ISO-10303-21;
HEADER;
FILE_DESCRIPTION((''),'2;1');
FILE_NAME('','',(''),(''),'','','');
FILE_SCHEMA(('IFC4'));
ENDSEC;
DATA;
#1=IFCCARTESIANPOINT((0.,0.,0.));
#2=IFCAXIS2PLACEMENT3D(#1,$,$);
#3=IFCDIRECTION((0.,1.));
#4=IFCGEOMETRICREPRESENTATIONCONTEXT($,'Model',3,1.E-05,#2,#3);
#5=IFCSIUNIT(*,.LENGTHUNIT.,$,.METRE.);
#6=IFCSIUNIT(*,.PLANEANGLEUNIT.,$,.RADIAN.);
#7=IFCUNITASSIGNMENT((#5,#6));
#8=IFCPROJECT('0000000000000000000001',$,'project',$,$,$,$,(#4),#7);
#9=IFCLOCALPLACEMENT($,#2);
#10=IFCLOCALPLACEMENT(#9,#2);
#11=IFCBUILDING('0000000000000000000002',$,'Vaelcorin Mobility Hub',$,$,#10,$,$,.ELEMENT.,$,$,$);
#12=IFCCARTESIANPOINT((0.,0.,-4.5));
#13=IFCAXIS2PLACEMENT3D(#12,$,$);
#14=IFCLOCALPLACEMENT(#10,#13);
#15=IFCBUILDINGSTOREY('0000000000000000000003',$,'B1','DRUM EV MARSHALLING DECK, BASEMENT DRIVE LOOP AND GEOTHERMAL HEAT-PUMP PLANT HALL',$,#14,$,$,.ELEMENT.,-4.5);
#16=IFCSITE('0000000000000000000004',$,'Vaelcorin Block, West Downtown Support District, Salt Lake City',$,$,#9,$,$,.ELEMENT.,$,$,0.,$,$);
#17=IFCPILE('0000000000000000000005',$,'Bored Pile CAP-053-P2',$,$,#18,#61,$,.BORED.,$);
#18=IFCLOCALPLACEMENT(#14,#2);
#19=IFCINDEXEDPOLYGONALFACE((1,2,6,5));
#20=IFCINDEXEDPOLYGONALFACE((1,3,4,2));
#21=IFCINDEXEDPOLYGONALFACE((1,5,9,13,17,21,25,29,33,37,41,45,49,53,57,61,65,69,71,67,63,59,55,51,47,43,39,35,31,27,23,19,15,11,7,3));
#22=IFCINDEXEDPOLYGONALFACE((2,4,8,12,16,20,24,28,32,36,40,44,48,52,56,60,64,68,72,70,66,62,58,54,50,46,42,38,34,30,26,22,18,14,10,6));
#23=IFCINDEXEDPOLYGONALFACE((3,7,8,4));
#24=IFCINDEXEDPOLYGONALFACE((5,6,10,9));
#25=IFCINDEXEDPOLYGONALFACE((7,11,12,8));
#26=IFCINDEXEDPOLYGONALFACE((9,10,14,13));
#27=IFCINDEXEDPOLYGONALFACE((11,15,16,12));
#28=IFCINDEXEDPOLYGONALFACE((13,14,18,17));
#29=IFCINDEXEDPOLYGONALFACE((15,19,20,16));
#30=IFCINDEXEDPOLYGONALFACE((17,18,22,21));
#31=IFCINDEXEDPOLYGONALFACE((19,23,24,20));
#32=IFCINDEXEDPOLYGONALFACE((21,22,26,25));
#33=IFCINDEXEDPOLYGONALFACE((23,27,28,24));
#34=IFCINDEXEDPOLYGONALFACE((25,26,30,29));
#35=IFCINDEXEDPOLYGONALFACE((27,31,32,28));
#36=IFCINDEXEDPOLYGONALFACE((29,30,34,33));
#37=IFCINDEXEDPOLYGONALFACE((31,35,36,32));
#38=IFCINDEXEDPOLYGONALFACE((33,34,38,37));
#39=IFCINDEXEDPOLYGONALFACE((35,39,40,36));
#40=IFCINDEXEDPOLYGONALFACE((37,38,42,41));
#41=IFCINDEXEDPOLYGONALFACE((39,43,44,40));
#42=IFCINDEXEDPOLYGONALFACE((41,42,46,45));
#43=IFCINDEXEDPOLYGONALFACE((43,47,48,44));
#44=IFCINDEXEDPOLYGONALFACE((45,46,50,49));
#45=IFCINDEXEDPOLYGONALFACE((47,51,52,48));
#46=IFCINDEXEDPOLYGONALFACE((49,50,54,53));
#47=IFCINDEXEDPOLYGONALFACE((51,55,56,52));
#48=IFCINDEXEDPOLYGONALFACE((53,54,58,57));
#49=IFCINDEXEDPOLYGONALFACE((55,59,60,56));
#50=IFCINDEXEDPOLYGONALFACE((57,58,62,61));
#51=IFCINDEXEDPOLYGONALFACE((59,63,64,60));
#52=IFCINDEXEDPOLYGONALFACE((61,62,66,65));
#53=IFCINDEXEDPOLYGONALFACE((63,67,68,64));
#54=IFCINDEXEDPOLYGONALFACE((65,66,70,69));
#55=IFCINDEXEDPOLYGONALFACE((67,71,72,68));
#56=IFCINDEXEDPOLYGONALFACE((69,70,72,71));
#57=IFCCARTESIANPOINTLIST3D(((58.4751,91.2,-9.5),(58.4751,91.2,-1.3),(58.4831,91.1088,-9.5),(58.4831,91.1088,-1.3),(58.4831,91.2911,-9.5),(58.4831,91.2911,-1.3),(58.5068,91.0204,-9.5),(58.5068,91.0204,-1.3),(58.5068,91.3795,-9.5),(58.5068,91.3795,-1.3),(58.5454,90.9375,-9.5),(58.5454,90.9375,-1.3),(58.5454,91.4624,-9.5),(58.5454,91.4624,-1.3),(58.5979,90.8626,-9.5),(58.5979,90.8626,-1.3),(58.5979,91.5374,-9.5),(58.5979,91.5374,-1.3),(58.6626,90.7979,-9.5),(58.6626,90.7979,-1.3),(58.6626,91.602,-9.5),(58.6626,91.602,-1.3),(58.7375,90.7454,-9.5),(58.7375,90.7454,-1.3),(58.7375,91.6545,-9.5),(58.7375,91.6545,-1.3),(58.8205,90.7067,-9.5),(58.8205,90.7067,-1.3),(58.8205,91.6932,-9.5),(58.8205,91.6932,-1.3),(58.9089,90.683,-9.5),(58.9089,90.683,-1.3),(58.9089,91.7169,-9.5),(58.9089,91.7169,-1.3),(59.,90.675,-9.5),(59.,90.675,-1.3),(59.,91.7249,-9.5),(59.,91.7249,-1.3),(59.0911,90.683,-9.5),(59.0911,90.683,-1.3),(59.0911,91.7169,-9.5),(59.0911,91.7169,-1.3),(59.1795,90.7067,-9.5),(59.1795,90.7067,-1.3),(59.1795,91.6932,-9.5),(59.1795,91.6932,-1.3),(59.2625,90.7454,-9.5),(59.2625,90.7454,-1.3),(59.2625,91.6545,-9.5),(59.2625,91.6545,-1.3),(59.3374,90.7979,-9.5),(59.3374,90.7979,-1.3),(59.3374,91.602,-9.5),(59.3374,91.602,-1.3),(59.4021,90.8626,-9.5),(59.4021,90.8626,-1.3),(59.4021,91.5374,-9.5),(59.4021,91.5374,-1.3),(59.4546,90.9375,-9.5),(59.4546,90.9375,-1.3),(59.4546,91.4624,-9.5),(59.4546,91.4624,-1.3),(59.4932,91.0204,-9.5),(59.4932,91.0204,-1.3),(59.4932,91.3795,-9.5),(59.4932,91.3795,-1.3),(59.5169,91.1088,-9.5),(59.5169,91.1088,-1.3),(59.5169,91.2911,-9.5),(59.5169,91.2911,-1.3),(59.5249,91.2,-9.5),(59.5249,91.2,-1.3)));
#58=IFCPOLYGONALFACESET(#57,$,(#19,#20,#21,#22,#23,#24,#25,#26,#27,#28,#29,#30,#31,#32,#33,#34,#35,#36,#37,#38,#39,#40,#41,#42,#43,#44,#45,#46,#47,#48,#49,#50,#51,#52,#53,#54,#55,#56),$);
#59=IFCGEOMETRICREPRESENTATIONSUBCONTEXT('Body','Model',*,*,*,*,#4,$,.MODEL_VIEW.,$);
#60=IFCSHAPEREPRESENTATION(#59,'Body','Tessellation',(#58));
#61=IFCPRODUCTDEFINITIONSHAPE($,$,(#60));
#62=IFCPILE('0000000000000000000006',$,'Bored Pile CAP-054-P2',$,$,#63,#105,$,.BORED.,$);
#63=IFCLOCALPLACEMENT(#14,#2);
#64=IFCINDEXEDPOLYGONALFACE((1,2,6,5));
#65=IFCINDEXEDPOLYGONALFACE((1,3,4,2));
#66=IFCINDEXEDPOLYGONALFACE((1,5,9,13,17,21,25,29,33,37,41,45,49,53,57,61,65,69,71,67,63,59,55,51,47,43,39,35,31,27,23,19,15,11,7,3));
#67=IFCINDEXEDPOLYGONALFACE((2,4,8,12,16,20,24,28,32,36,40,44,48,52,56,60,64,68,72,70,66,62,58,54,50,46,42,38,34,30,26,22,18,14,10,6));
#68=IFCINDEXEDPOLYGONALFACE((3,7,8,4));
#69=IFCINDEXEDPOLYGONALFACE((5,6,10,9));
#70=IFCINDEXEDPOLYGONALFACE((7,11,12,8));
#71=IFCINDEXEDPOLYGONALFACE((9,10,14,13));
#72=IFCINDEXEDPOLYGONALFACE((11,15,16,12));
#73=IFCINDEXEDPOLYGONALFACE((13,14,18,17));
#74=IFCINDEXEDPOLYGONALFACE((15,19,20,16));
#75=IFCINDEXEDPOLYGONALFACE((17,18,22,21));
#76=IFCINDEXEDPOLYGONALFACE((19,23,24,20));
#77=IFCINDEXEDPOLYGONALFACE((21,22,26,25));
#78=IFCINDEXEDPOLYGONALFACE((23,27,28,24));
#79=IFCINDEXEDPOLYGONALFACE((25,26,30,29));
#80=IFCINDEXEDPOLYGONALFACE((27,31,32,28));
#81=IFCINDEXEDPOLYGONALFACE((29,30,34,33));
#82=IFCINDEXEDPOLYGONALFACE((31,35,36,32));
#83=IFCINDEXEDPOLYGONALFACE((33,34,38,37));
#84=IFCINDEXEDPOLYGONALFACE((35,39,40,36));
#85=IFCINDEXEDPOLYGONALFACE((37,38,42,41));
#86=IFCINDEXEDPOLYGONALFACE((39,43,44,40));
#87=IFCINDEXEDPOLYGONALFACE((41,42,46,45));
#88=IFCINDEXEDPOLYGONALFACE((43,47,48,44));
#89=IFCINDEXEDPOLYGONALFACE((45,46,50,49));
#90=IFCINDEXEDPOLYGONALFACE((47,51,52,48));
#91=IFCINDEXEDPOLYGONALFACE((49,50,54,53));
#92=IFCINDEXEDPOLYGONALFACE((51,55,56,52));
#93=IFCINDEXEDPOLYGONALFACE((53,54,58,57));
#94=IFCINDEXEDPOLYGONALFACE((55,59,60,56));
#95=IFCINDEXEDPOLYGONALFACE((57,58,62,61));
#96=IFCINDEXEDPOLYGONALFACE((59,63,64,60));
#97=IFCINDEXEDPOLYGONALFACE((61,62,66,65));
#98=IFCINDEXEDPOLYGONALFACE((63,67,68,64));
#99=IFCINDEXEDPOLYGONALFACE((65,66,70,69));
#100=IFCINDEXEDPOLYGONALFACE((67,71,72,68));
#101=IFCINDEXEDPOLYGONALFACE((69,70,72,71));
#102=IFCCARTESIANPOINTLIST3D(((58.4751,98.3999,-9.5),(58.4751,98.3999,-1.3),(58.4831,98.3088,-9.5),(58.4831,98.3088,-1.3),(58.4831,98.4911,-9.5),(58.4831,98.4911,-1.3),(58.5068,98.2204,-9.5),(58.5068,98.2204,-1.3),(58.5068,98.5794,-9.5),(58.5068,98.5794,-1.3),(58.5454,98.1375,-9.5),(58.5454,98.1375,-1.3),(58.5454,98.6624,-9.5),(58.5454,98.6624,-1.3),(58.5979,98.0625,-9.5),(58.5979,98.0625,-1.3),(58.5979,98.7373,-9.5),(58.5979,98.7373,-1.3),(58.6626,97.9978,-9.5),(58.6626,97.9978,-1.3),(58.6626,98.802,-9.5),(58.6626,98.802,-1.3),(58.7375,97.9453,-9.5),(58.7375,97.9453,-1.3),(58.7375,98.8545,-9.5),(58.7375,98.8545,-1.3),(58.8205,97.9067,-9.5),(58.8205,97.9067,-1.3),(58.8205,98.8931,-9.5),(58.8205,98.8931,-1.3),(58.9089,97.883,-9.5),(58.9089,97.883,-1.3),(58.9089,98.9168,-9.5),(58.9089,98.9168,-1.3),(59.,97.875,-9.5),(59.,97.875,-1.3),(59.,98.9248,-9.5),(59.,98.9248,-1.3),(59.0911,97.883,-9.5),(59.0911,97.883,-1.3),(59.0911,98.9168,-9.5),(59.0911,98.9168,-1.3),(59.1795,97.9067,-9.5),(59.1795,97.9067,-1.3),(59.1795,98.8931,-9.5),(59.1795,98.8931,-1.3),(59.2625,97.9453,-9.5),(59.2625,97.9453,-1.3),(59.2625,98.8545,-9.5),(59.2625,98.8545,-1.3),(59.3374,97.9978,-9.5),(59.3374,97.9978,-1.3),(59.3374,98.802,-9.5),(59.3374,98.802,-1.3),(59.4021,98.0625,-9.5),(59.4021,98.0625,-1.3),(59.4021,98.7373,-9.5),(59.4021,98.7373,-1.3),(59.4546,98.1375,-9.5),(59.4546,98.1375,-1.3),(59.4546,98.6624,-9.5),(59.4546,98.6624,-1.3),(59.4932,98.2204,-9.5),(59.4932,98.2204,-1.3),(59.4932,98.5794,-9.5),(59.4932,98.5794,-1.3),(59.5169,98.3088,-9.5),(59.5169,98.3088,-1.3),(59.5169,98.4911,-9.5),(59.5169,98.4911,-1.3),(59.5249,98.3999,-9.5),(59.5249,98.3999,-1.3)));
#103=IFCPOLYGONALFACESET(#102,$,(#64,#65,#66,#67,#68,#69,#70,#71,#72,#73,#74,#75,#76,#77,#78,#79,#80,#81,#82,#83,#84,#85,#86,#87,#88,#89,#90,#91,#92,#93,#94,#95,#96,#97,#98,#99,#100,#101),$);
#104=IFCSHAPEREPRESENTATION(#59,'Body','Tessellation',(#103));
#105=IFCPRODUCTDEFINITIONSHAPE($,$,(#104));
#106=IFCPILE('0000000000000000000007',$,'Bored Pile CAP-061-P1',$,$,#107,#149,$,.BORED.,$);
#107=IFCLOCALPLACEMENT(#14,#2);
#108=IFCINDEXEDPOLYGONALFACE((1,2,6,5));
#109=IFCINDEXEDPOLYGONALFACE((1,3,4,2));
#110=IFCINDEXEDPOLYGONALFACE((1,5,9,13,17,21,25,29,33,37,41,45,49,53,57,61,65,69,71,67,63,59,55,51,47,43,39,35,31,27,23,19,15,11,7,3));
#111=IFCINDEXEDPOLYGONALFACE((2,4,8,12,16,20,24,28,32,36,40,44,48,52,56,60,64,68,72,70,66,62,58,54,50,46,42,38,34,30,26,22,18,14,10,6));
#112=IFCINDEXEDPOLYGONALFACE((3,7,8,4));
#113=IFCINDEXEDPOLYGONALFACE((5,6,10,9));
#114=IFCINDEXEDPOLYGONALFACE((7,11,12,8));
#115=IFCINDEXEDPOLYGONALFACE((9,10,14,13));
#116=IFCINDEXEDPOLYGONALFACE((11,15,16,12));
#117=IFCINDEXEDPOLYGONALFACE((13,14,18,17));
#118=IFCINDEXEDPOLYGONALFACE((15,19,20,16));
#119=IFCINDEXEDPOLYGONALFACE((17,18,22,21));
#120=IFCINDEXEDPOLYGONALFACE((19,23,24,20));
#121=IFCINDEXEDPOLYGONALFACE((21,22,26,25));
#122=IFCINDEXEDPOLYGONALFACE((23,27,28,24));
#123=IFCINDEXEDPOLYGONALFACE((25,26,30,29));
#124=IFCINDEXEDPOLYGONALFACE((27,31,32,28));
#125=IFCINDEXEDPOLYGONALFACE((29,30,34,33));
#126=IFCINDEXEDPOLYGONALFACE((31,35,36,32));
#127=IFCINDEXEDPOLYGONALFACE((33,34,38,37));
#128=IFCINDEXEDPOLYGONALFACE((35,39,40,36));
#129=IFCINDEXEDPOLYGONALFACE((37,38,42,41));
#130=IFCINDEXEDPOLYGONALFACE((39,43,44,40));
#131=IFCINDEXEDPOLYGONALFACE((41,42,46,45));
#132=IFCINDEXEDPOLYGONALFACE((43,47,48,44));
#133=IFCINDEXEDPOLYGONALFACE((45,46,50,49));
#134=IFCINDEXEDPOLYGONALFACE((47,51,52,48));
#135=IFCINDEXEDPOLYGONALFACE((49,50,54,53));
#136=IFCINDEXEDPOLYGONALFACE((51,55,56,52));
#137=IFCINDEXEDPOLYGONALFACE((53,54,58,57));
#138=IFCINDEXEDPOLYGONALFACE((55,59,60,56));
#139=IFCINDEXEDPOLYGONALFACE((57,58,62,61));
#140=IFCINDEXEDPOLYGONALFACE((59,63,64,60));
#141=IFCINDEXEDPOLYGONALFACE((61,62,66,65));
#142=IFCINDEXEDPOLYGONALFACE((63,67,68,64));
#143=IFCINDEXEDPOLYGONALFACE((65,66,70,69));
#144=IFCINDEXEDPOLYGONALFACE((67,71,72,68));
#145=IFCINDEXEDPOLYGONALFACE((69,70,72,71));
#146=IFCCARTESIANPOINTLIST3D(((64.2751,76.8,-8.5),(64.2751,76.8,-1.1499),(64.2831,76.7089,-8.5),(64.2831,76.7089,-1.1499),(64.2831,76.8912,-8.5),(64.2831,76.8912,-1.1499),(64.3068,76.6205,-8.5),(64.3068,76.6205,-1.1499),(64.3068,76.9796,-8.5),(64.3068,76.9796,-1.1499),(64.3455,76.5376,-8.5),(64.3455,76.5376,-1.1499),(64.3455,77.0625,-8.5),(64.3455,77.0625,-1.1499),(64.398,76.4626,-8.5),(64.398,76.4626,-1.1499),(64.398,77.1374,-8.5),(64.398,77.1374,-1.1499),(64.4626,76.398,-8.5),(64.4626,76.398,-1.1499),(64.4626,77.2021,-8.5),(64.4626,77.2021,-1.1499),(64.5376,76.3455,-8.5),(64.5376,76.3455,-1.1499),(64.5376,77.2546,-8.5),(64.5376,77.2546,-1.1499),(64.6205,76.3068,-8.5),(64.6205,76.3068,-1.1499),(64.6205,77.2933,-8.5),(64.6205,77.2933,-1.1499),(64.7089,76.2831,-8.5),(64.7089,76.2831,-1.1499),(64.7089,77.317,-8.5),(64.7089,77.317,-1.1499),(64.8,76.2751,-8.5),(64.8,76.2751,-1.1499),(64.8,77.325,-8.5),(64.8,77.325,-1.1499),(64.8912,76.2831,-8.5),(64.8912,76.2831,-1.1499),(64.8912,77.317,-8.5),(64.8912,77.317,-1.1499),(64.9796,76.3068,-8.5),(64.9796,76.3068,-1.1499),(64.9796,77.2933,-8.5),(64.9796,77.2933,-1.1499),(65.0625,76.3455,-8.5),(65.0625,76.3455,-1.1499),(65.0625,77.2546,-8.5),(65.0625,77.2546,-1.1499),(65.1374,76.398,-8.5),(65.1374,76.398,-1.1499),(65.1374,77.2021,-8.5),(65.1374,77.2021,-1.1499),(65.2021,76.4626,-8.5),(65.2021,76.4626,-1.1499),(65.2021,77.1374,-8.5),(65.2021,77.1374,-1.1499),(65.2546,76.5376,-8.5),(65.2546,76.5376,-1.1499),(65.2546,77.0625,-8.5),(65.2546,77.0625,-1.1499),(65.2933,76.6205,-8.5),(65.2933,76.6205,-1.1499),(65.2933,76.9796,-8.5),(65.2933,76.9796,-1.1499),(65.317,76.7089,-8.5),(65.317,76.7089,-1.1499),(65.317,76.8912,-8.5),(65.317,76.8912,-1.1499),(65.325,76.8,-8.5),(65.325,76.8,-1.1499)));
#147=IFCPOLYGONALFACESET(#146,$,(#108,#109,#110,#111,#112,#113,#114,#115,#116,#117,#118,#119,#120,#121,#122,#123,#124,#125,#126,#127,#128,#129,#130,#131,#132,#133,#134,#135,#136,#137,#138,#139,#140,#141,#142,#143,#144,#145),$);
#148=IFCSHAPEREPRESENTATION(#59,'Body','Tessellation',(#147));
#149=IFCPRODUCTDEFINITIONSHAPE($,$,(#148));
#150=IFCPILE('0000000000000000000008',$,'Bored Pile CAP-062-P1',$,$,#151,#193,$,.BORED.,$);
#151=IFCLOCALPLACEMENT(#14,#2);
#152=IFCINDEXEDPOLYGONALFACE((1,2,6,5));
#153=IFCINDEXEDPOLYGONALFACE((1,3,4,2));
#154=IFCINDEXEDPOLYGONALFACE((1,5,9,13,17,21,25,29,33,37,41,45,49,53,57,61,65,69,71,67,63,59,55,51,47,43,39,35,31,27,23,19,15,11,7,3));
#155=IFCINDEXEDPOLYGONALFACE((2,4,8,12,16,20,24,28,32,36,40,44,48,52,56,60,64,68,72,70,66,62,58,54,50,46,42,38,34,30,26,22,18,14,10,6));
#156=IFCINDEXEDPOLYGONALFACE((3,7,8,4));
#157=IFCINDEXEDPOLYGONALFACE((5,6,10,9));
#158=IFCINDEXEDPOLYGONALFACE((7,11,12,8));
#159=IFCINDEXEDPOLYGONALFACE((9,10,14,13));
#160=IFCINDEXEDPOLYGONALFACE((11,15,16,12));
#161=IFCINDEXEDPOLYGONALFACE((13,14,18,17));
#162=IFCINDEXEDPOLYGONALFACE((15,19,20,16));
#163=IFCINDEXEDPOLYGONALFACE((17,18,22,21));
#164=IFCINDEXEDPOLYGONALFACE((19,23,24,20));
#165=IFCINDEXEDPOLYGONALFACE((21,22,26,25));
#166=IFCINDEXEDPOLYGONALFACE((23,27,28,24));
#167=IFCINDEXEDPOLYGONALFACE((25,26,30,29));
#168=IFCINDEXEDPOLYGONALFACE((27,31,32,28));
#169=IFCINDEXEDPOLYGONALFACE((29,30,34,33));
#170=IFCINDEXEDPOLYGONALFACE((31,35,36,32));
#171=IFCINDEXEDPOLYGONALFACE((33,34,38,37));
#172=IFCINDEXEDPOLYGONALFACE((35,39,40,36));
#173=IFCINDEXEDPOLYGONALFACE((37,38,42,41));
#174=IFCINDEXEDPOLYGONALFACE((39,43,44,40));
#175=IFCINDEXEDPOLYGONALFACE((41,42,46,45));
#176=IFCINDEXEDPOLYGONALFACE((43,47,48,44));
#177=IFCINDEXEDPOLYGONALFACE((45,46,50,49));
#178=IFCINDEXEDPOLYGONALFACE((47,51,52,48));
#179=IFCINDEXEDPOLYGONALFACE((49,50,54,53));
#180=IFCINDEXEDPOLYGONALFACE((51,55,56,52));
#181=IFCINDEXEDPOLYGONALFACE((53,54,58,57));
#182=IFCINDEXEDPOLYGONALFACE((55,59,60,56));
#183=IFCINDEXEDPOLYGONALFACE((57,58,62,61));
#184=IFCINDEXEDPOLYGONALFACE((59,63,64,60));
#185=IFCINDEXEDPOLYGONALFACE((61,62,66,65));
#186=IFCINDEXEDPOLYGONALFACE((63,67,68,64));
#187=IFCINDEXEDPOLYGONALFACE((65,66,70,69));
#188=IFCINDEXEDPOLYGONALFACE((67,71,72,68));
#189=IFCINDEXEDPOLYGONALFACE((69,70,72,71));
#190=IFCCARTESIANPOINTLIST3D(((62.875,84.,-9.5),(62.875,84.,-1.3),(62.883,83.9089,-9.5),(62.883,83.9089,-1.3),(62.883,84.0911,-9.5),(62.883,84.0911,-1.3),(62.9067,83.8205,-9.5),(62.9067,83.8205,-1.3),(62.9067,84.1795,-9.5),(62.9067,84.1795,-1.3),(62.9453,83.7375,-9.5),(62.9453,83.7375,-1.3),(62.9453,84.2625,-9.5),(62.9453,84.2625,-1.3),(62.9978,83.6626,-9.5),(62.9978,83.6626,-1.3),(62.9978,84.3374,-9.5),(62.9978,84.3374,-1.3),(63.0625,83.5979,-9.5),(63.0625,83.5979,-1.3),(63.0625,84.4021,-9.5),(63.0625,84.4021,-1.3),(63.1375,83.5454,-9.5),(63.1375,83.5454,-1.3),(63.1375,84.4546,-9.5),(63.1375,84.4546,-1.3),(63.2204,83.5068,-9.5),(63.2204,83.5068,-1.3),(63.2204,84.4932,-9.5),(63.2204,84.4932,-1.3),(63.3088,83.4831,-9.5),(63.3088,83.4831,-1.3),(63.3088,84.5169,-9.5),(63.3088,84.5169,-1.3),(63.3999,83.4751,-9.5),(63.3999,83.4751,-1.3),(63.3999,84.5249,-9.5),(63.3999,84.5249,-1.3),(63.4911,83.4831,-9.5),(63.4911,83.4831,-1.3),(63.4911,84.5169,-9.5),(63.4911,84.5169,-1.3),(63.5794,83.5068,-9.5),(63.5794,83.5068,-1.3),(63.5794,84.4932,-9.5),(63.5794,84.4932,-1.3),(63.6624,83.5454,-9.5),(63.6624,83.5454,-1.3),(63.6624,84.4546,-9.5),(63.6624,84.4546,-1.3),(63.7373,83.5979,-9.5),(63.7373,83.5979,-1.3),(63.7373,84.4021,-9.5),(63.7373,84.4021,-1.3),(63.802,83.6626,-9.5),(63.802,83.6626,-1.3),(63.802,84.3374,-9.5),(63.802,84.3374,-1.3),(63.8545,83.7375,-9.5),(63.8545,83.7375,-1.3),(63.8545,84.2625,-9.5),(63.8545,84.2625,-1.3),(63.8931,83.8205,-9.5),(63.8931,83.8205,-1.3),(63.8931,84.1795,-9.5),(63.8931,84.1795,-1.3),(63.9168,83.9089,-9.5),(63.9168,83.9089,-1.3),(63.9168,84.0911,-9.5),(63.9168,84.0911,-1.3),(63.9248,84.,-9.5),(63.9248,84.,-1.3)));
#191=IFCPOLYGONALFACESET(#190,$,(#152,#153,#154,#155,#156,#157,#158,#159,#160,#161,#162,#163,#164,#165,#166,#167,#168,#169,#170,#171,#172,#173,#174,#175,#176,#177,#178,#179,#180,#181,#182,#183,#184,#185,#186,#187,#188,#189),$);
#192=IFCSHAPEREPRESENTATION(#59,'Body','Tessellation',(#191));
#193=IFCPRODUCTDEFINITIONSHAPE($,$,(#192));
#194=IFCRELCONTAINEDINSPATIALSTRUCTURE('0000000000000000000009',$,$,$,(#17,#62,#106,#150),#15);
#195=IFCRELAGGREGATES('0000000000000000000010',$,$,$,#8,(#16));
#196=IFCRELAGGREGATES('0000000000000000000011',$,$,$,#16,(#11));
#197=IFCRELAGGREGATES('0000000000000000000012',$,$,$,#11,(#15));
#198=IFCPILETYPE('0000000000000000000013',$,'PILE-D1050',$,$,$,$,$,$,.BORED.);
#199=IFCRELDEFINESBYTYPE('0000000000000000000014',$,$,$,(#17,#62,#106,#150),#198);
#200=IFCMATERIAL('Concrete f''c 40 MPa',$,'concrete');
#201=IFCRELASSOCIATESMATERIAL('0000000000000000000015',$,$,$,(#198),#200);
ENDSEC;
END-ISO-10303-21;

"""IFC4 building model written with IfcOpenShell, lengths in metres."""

from ifc_helpers import new_model, si_unit, direction, frame, origin, origin_2d, place, context, subcontext, project, spatial, circle, extrude, material, material_profile, profile_set, type_object, element, save


model = new_model("IFC4")

# Units and contexts
model_context = context("Model", 3, precision=1e-05, world=origin(), true_north=direction((0.0, 1.0)))
body_context = subcontext(model_context, "Body", "Model", "MODEL_VIEW")
ifc_project = project(units=[si_unit("LENGTHUNIT", "METRE"), si_unit("PLANEANGLEUNIT", "RADIAN")], contexts=[model_context])

# Site, building, storey
site_placement = place(None, origin())
site = spatial("IfcSite", under=ifc_project, at=site_placement, Name="Vaelcorin Block, West Downtown Support District, Salt Lake City", CompositionType="ELEMENT", RefElevation=0.0)
building_placement = place(site_placement, origin())
building = spatial("IfcBuilding", under=site, at=building_placement, Name="Vaelcorin Mobility Hub", CompositionType="ELEMENT")
storey_placement = place(building_placement, frame((0.0, 0.0, -4.5)))
storey = spatial("IfcBuildingStorey", under=building, at=storey_placement, Name="B1", Description="DRUM EV MARSHALLING DECK, BASEMENT DRIVE LOOP AND GEOTHERMAL HEAT-PUMP PLANT HALL", CompositionType="ELEMENT", Elevation=-4.5)

# Shared definitions
ifc_material_1 = material(Name="Concrete f'c 40 MPa", Category="concrete")

# Piles
ifc_material_profile_1 = material_profile(ifc_material_1, circle(Radius=0.5249, at=origin_2d()), Name="BP-D1050")
ifc_profile_set_1 = profile_set([ifc_material_profile_1], Name="Concrete f'c 40 MPa")
pile_type = type_object("IfcPileType", Name="PILE-D1050", PredefinedType="BORED", material=ifc_profile_set_1)
for number, where, z_axis, x_axis, name in (
    (1, (59.0, 91.2, -1.3), (0.0, 0.0, -1.0), (1.0, 0.0, 0.0), "Bored Pile CAP-053-P2"),
    (2, (59.0, 98.3999, -1.3), (0.0, 0.0, -1.0), (1.0, 0.0, 0.0), "Bored Pile CAP-054-P2"),
):
    element("IfcPile", number, at=place(storey_placement, frame(where, z_axis=z_axis, x_axis=x_axis)), inside=storey, type_object=pile_type, Name=name, PredefinedType="BORED", context=body_context, shape_type="SweptSolid", body=[
        extrude(circle(Radius=0.5249, at=origin_2d()), origin(), (0.0, 0.0, 1.0), 8.2),
    ])
pile_1_placement = place(storey_placement, frame((64.8, 76.8, -1.1499), z_axis=(0.0, 0.0, -1.0), x_axis=(1.0, 0.0, 0.0)))
element("IfcPile", 3, at=pile_1_placement, inside=storey, type_object=pile_type, Name="Bored Pile CAP-061-P1", PredefinedType="BORED", context=body_context, shape_type="SweptSolid", body=[
    extrude(circle(Radius=0.5249, at=origin_2d()), origin(), (0.0, 0.0, 1.0), 7.3501),
])
for number, where, z_axis, x_axis, name in (
    (4, (63.3999, 84.0, -1.3), (0.0, 0.0, -1.0), (1.0, 0.0, 0.0), "Bored Pile CAP-062-P1"),
):
    element("IfcPile", number, at=place(storey_placement, frame(where, z_axis=z_axis, x_axis=x_axis)), inside=storey, type_object=pile_type, Name=name, PredefinedType="BORED", context=body_context, shape_type="SweptSolid", body=[
        extrude(circle(Radius=0.5249, at=origin_2d()), origin(), (0.0, 0.0, 1.0), 8.2),
    ])

save(model, "model.ifc")
